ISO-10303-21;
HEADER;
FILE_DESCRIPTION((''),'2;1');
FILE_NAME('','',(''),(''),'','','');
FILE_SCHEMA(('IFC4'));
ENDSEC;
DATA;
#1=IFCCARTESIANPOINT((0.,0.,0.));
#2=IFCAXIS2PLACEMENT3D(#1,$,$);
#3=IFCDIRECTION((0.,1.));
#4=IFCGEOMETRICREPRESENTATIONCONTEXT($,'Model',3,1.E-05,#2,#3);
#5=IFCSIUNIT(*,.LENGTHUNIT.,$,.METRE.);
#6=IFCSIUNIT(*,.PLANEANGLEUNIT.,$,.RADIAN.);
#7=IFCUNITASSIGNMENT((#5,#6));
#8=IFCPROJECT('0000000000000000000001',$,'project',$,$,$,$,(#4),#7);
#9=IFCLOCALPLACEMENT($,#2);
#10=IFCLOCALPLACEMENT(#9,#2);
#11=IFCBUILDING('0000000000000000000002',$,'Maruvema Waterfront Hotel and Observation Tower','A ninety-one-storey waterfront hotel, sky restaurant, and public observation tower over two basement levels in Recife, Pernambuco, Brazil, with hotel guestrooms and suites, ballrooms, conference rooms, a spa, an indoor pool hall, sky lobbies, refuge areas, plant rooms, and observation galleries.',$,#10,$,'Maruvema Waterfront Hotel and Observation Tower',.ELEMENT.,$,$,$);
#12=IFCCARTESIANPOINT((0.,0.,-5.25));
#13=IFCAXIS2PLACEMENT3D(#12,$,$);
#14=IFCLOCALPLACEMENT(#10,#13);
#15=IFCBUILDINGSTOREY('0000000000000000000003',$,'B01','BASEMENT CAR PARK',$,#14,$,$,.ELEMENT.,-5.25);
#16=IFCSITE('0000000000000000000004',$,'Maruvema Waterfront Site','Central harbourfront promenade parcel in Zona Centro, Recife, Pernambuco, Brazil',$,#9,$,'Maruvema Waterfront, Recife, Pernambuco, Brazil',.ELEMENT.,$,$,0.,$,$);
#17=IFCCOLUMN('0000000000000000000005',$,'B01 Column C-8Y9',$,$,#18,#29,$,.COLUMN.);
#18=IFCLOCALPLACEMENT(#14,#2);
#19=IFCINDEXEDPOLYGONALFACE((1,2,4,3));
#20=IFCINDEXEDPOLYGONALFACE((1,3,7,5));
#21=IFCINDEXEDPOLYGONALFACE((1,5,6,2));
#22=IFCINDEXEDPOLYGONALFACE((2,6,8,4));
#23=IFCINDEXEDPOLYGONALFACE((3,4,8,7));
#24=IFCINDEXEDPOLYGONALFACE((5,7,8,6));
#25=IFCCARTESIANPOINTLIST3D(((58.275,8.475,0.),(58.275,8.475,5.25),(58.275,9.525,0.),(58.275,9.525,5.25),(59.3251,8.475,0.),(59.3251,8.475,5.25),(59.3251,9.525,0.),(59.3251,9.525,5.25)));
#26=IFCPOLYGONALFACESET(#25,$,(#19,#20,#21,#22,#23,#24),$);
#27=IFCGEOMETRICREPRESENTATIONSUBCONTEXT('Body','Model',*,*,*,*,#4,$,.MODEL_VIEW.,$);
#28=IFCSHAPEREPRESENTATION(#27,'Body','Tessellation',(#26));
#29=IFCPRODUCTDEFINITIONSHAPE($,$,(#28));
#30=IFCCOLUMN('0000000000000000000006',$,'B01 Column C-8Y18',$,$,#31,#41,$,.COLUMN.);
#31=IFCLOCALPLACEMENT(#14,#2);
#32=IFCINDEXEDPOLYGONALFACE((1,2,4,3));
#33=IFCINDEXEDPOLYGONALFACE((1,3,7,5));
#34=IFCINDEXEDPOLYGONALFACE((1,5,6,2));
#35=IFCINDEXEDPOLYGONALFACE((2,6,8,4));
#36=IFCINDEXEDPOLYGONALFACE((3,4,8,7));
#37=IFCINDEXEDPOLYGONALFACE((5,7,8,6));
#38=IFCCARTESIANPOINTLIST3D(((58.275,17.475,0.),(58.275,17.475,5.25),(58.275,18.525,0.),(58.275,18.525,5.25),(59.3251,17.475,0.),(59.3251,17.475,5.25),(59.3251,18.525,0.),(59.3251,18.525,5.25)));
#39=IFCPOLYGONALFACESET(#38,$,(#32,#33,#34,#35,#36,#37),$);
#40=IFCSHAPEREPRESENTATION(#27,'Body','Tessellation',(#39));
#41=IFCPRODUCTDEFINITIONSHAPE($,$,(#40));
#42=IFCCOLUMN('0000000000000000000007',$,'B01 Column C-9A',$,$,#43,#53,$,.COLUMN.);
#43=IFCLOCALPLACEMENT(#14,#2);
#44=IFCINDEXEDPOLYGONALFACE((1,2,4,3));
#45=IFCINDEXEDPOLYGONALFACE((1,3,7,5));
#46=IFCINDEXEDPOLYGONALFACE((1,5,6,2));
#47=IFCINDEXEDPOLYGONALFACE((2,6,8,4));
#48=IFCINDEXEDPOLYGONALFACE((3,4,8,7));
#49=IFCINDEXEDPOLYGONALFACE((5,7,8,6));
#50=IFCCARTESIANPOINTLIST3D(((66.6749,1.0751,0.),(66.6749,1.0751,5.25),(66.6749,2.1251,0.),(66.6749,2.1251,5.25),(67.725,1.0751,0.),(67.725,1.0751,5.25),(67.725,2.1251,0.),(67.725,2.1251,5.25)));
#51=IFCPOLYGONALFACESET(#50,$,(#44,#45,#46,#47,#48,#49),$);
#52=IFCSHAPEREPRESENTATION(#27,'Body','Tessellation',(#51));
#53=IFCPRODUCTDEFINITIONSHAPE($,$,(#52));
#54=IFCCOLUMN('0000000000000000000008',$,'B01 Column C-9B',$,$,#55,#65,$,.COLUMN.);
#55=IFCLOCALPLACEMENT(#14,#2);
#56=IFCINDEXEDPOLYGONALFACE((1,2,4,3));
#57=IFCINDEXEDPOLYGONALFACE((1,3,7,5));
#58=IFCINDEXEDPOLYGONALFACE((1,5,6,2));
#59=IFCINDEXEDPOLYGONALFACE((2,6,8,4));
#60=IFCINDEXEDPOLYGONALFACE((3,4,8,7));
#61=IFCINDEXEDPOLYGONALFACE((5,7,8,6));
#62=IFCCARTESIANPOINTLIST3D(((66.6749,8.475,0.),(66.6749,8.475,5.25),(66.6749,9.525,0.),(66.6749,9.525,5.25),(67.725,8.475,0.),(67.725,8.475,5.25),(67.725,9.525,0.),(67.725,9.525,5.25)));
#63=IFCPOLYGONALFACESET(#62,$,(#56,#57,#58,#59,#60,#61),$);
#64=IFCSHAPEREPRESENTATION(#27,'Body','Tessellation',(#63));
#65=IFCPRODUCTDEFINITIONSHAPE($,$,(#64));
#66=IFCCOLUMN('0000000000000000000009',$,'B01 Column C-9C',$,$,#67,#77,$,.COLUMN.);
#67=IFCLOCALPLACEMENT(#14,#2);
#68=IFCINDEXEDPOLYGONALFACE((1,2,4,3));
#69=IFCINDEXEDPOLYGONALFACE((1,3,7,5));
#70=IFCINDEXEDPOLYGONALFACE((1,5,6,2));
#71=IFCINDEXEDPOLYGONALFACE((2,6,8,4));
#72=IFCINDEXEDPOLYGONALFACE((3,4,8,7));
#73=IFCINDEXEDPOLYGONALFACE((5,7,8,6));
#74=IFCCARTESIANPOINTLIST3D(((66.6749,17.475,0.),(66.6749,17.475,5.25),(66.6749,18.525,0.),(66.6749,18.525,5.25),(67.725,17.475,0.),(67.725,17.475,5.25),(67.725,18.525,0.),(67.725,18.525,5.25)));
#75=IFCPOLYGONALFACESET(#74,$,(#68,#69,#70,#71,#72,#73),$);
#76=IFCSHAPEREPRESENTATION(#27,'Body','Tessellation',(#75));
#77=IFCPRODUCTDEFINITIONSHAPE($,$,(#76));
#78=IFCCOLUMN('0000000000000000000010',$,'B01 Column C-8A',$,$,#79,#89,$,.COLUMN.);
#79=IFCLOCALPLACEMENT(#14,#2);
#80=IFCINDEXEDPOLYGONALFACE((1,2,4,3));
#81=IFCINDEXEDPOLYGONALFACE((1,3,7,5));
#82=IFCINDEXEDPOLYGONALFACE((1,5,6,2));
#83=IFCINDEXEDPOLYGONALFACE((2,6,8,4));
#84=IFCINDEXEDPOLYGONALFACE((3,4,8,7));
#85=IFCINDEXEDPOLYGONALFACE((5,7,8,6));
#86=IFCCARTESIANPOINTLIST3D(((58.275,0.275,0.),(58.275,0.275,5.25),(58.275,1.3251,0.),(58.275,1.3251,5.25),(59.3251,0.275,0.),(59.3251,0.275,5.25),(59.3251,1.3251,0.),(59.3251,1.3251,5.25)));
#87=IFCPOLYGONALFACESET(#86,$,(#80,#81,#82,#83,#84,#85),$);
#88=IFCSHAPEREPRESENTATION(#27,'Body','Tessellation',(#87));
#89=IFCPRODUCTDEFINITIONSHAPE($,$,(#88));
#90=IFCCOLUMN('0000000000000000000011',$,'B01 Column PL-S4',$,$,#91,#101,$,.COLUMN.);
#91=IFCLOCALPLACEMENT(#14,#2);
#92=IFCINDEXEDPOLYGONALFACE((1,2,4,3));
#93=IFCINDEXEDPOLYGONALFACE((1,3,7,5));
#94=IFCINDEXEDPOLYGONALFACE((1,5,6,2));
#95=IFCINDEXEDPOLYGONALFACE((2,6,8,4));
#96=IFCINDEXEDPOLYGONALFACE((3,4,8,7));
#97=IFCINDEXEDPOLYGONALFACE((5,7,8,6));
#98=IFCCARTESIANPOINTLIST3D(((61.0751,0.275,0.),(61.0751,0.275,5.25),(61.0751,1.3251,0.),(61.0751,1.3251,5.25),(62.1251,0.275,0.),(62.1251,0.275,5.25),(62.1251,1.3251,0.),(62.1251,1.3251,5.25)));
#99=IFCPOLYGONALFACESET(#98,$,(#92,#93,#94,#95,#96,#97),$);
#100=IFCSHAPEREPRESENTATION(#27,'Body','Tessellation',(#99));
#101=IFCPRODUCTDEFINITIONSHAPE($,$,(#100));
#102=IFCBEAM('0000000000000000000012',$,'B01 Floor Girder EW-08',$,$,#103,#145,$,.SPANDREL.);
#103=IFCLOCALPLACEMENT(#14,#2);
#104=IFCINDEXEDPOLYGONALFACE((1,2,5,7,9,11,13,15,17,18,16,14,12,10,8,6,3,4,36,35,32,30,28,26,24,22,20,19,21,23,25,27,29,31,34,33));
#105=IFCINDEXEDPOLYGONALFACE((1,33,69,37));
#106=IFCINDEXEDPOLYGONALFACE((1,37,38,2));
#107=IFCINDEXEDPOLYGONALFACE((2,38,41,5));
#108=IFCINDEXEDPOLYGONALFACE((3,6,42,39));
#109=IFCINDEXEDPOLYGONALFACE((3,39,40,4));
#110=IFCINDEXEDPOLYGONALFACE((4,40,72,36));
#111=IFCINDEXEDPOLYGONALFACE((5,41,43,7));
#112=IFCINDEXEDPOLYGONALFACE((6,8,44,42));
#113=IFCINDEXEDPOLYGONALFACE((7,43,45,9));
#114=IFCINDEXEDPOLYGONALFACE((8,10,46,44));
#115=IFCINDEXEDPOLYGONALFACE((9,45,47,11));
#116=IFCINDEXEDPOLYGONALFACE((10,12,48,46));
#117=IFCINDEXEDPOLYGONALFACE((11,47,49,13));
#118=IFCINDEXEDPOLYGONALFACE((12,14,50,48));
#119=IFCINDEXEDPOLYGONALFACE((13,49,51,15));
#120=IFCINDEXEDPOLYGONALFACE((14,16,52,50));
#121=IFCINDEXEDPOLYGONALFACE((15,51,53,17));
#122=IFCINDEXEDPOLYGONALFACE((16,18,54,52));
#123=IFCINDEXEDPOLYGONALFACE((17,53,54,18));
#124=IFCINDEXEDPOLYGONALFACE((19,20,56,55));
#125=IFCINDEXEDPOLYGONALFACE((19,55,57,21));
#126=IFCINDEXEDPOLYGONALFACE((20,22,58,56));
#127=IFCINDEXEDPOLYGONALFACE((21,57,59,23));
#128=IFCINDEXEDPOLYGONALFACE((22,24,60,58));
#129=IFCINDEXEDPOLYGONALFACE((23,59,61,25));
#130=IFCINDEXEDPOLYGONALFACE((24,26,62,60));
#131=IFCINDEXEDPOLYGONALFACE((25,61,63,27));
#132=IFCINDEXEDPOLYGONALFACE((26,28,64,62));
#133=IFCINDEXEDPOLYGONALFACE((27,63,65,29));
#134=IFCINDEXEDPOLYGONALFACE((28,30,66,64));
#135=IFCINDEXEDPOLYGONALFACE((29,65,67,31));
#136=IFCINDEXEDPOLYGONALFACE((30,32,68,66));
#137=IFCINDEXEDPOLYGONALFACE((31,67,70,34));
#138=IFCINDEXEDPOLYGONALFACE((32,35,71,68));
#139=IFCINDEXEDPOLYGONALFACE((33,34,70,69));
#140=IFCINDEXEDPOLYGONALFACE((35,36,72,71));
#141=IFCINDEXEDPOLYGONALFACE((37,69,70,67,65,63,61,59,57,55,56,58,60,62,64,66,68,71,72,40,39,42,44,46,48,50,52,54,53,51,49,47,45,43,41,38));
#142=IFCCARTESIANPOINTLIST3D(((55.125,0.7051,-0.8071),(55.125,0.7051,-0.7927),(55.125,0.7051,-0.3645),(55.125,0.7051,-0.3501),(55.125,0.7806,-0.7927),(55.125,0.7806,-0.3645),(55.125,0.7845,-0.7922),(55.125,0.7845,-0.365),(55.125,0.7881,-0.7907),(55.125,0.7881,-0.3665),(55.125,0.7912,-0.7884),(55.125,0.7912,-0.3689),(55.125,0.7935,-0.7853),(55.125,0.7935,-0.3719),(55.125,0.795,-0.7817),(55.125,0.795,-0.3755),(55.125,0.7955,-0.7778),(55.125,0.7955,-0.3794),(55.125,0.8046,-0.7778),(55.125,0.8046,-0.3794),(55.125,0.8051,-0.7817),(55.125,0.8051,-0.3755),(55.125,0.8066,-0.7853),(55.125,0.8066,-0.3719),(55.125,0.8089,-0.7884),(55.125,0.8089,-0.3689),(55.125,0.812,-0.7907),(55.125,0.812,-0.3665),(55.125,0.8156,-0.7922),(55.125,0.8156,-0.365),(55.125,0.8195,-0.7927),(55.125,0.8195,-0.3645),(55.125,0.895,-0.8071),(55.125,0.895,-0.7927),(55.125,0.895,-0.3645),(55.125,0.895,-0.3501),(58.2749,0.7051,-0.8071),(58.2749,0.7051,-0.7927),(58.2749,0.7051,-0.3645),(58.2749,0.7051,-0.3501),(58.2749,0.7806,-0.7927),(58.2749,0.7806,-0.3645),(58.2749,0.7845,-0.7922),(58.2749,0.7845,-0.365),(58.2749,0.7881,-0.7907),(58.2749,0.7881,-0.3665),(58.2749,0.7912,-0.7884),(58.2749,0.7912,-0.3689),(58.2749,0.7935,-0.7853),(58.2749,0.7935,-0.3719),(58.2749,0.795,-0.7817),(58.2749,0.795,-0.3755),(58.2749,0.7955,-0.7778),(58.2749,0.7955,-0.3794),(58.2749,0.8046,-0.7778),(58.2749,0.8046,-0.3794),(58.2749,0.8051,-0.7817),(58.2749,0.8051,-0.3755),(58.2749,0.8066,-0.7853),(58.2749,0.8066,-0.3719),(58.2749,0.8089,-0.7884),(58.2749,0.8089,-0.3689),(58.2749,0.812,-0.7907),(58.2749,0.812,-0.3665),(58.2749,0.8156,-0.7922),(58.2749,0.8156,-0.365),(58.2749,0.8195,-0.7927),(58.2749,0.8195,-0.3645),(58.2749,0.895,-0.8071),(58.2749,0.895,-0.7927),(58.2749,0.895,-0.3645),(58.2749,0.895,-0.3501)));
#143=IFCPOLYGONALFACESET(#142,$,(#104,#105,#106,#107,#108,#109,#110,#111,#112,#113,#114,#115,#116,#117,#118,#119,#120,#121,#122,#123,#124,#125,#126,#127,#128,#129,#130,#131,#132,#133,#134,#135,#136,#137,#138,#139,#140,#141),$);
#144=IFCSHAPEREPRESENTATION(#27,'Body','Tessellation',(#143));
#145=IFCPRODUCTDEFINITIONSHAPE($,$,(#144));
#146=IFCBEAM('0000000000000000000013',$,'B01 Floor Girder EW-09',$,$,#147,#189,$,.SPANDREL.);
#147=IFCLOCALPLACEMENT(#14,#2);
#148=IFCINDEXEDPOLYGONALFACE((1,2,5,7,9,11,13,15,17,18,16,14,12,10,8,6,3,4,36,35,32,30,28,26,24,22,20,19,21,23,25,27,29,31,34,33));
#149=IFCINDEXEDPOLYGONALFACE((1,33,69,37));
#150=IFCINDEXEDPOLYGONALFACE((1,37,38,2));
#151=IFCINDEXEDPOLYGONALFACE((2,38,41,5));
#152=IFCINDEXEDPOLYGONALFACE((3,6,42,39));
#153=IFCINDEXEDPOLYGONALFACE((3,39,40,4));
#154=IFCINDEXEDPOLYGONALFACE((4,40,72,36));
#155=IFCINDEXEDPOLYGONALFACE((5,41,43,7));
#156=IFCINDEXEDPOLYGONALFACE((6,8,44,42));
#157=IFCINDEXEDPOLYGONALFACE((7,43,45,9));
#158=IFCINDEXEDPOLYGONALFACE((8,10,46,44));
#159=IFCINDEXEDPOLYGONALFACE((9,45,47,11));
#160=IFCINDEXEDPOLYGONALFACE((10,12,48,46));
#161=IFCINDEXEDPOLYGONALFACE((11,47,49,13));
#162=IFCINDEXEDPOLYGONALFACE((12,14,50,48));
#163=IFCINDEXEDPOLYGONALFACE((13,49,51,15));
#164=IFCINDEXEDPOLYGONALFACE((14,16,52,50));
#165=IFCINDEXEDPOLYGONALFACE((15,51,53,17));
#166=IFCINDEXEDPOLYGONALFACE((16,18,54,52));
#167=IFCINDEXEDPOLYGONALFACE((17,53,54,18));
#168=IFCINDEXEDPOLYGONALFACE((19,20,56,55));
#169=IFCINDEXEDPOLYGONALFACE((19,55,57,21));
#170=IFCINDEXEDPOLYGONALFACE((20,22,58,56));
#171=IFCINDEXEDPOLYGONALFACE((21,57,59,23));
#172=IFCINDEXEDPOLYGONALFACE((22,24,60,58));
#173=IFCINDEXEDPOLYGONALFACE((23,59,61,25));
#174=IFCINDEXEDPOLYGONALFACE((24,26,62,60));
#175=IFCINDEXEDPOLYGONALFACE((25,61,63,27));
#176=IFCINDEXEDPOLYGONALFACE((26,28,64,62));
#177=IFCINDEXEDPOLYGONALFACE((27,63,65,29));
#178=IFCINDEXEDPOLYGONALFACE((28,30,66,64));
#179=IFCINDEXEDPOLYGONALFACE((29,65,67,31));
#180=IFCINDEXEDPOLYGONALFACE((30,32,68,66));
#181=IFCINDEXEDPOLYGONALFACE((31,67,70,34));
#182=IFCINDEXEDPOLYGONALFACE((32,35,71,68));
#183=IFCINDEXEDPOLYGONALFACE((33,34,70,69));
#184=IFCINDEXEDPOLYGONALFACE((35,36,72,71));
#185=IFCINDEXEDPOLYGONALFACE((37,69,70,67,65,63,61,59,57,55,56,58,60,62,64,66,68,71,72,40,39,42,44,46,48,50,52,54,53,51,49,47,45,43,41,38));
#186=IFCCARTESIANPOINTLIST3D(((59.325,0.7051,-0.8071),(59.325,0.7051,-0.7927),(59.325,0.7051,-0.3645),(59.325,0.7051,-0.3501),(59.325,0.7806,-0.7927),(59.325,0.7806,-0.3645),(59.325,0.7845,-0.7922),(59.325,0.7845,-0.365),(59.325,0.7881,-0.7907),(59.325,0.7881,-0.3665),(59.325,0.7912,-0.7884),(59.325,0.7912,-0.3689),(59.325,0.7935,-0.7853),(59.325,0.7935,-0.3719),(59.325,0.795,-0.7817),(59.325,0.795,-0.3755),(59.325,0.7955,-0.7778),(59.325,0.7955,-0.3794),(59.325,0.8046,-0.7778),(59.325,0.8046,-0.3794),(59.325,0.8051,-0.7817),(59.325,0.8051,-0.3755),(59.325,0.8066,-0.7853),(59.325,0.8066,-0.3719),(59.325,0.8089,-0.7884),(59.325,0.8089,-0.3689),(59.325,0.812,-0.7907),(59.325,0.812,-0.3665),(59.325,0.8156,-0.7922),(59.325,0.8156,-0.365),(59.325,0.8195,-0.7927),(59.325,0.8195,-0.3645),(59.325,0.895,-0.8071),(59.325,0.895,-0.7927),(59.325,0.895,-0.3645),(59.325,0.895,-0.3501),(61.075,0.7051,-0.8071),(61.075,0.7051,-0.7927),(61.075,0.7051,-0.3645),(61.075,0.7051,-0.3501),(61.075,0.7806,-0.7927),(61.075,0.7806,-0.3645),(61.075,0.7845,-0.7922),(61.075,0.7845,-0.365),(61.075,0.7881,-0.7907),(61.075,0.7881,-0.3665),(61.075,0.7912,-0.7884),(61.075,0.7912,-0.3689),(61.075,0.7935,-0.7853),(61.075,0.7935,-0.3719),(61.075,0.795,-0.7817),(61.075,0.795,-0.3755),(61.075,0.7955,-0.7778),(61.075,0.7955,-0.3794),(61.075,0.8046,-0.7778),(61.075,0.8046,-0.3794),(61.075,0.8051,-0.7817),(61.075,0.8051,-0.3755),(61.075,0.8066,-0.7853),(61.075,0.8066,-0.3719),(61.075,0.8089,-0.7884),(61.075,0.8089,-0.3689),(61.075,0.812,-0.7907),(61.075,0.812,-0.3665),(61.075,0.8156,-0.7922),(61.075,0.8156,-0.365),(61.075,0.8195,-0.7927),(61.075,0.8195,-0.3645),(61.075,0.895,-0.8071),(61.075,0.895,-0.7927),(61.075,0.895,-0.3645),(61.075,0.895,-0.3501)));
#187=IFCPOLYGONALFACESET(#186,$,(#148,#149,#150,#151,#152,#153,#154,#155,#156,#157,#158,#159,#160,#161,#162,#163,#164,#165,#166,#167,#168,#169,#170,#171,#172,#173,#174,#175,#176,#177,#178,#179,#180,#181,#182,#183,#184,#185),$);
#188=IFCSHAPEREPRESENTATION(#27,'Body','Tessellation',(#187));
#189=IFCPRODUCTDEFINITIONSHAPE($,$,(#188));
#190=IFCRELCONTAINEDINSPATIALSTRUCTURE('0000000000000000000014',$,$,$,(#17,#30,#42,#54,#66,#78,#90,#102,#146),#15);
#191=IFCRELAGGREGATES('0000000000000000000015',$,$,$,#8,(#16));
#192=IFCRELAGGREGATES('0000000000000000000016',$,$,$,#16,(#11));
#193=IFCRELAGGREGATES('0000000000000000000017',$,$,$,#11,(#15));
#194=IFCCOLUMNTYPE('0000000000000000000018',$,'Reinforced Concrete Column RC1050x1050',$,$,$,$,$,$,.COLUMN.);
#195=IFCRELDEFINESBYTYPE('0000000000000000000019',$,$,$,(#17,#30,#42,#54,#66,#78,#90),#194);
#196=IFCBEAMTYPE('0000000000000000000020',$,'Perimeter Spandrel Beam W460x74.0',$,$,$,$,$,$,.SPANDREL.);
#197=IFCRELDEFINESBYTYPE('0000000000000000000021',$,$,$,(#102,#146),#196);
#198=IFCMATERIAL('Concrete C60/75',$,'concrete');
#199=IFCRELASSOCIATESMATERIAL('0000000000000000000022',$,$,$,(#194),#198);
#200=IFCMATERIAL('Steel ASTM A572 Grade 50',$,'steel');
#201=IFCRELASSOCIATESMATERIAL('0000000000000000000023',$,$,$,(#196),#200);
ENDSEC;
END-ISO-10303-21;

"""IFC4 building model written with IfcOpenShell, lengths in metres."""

from ifc_helpers import new_model, si_unit, direction, frame, origin, origin_2d, place, context, subcontext, project, spatial, rectangle, i_section, extrude, material, material_profile, profile_set, type_object, element, save


model = new_model("IFC4")

# Units and contexts
model_context = context("Model", 3, precision=1e-05, world=origin(), true_north=direction((0.0, 1.0)))
body_context = subcontext(model_context, "Body", "Model", "MODEL_VIEW")
ifc_project = project(units=[si_unit("LENGTHUNIT", "METRE"), si_unit("PLANEANGLEUNIT", "RADIAN")], contexts=[model_context])

# Site, building, storey
site_placement = place(None, origin())
site = spatial("IfcSite", under=ifc_project, at=site_placement, Name="Maruvema Waterfront Site", Description="Central harbourfront promenade parcel in Zona Centro, Recife, Pernambuco, Brazil", LongName="Maruvema Waterfront, Recife, Pernambuco, Brazil", CompositionType="ELEMENT", RefElevation=0.0)
building_placement = place(site_placement, origin())
building = spatial("IfcBuilding", under=site, at=building_placement, Name="Maruvema Waterfront Hotel and Observation Tower", Description="A ninety-one-storey waterfront hotel, sky restaurant, and public observation tower over two basement levels in Recife, Pernambuco, Brazil, with hotel guestrooms and suites, ballrooms, conference rooms, a spa, an indoor pool hall, sky lobbies, refuge areas, plant rooms, and observation galleries.", LongName="Maruvema Waterfront Hotel and Observation Tower", CompositionType="ELEMENT")
storey_placement = place(building_placement, frame((0.0, 0.0, -5.25)))
storey = spatial("IfcBuildingStorey", under=building, at=storey_placement, Name="B01", Description="BASEMENT CAR PARK", CompositionType="ELEMENT", Elevation=-5.25)

# Columns
ifc_material_1 = material(Name="Concrete C60/75", Category="concrete")
ifc_material_profile_1 = material_profile(ifc_material_1, rectangle(XDim=1.05, YDim=1.05, at=origin_2d()), Name="RC1050x1050")
ifc_profile_set_1 = profile_set([ifc_material_profile_1], Name="Concrete C60/75")
column_type = type_object("IfcColumnType", Name="Reinforced Concrete Column RC1050x1050", PredefinedType="COLUMN", material=ifc_profile_set_1)
for number, where, z_axis, x_axis, name in (
    (1, (58.8, 9.0, 0.0), (0.0, 0.0, 1.0), (1.0, 0.0, 0.0), "B01 Column C-8Y9"),
    (2, (58.8, 18.0, 0.0), (0.0, 0.0, 1.0), (1.0, 0.0, 0.0), "B01 Column C-8Y18"),
    (3, (67.2, 1.6001, 0.0), (0.0, 0.0, 1.0), (1.0, 0.0, 0.0), "B01 Column C-9A"),
    (4, (67.2, 9.0, 0.0), (0.0, 0.0, 1.0), (1.0, 0.0, 0.0), "B01 Column C-9B"),
    (5, (67.2, 18.0, 0.0), (0.0, 0.0, 1.0), (1.0, 0.0, 0.0), "B01 Column C-9C"),
    (6, (58.8, 0.8, 0.0), (0.0, 0.0, 1.0), (1.0, 0.0, 0.0), "B01 Column C-8A"),
    (7, (61.6001, 0.8, 0.0), (0.0, 0.0, 1.0), (1.0, 0.0, 0.0), "B01 Column PL-S4"),
):
    element("IfcColumn", number, at=place(storey_placement, frame(where, z_axis=z_axis, x_axis=x_axis)), inside=storey, type_object=column_type, Name=name, PredefinedType="COLUMN", context=body_context, shape_type="SweptSolid", body=[
        extrude(rectangle(XDim=1.05, YDim=1.05, at=origin_2d()), origin(), (0.0, 0.0, 1.0), 5.25),
    ])

# Beams
ifc_material_2 = material(Name="Steel ASTM A572 Grade 50", Category="steel")
ifc_material_profile_2 = material_profile(ifc_material_2, i_section(OverallWidth=0.1899, OverallDepth=0.457, WebThickness=0.009, FlangeThickness=0.0144, FilletRadius=0.0149, at=origin_2d()), Name="W460x74.0")
ifc_profile_set_2 = profile_set([ifc_material_profile_2], Name="Steel ASTM A572 Grade 50")
beam_type_1 = type_object("IfcBeamType", Name="Perimeter Spandrel Beam W460x74.0", PredefinedType="SPANDREL", material=ifc_profile_set_2)
beam_1_placement = place(storey_placement, frame((55.125, 0.8, -0.5786), z_axis=(1.0, 0.0, 0.0), x_axis=(0.0, 1.0, 0.0)))
element("IfcBeam", 8, at=beam_1_placement, inside=storey, type_object=beam_type_1, Name="B01 Floor Girder EW-08", PredefinedType="SPANDREL", context=body_context, shape_type="SweptSolid", body=[
    extrude(i_section(OverallWidth=0.1899, OverallDepth=0.457, WebThickness=0.009, FlangeThickness=0.0144, FilletRadius=0.0149, at=origin_2d()), origin(), (0.0, 0.0, 1.0), 3.1499),
])
beam_2_placement = place(storey_placement, frame((59.325, 0.8, -0.5786), z_axis=(1.0, 0.0, 0.0), x_axis=(0.0, 1.0, 0.0)))
element("IfcBeam", 9, at=beam_2_placement, inside=storey, type_object=beam_type_1, Name="B01 Floor Girder EW-09", PredefinedType="SPANDREL", context=body_context, shape_type="SweptSolid", body=[
    extrude(i_section(OverallWidth=0.1899, OverallDepth=0.457, WebThickness=0.009, FlangeThickness=0.0144, FilletRadius=0.0149, at=origin_2d()), origin(), (0.0, 0.0, 1.0), 1.75),
])

save(model, "model.ifc")
